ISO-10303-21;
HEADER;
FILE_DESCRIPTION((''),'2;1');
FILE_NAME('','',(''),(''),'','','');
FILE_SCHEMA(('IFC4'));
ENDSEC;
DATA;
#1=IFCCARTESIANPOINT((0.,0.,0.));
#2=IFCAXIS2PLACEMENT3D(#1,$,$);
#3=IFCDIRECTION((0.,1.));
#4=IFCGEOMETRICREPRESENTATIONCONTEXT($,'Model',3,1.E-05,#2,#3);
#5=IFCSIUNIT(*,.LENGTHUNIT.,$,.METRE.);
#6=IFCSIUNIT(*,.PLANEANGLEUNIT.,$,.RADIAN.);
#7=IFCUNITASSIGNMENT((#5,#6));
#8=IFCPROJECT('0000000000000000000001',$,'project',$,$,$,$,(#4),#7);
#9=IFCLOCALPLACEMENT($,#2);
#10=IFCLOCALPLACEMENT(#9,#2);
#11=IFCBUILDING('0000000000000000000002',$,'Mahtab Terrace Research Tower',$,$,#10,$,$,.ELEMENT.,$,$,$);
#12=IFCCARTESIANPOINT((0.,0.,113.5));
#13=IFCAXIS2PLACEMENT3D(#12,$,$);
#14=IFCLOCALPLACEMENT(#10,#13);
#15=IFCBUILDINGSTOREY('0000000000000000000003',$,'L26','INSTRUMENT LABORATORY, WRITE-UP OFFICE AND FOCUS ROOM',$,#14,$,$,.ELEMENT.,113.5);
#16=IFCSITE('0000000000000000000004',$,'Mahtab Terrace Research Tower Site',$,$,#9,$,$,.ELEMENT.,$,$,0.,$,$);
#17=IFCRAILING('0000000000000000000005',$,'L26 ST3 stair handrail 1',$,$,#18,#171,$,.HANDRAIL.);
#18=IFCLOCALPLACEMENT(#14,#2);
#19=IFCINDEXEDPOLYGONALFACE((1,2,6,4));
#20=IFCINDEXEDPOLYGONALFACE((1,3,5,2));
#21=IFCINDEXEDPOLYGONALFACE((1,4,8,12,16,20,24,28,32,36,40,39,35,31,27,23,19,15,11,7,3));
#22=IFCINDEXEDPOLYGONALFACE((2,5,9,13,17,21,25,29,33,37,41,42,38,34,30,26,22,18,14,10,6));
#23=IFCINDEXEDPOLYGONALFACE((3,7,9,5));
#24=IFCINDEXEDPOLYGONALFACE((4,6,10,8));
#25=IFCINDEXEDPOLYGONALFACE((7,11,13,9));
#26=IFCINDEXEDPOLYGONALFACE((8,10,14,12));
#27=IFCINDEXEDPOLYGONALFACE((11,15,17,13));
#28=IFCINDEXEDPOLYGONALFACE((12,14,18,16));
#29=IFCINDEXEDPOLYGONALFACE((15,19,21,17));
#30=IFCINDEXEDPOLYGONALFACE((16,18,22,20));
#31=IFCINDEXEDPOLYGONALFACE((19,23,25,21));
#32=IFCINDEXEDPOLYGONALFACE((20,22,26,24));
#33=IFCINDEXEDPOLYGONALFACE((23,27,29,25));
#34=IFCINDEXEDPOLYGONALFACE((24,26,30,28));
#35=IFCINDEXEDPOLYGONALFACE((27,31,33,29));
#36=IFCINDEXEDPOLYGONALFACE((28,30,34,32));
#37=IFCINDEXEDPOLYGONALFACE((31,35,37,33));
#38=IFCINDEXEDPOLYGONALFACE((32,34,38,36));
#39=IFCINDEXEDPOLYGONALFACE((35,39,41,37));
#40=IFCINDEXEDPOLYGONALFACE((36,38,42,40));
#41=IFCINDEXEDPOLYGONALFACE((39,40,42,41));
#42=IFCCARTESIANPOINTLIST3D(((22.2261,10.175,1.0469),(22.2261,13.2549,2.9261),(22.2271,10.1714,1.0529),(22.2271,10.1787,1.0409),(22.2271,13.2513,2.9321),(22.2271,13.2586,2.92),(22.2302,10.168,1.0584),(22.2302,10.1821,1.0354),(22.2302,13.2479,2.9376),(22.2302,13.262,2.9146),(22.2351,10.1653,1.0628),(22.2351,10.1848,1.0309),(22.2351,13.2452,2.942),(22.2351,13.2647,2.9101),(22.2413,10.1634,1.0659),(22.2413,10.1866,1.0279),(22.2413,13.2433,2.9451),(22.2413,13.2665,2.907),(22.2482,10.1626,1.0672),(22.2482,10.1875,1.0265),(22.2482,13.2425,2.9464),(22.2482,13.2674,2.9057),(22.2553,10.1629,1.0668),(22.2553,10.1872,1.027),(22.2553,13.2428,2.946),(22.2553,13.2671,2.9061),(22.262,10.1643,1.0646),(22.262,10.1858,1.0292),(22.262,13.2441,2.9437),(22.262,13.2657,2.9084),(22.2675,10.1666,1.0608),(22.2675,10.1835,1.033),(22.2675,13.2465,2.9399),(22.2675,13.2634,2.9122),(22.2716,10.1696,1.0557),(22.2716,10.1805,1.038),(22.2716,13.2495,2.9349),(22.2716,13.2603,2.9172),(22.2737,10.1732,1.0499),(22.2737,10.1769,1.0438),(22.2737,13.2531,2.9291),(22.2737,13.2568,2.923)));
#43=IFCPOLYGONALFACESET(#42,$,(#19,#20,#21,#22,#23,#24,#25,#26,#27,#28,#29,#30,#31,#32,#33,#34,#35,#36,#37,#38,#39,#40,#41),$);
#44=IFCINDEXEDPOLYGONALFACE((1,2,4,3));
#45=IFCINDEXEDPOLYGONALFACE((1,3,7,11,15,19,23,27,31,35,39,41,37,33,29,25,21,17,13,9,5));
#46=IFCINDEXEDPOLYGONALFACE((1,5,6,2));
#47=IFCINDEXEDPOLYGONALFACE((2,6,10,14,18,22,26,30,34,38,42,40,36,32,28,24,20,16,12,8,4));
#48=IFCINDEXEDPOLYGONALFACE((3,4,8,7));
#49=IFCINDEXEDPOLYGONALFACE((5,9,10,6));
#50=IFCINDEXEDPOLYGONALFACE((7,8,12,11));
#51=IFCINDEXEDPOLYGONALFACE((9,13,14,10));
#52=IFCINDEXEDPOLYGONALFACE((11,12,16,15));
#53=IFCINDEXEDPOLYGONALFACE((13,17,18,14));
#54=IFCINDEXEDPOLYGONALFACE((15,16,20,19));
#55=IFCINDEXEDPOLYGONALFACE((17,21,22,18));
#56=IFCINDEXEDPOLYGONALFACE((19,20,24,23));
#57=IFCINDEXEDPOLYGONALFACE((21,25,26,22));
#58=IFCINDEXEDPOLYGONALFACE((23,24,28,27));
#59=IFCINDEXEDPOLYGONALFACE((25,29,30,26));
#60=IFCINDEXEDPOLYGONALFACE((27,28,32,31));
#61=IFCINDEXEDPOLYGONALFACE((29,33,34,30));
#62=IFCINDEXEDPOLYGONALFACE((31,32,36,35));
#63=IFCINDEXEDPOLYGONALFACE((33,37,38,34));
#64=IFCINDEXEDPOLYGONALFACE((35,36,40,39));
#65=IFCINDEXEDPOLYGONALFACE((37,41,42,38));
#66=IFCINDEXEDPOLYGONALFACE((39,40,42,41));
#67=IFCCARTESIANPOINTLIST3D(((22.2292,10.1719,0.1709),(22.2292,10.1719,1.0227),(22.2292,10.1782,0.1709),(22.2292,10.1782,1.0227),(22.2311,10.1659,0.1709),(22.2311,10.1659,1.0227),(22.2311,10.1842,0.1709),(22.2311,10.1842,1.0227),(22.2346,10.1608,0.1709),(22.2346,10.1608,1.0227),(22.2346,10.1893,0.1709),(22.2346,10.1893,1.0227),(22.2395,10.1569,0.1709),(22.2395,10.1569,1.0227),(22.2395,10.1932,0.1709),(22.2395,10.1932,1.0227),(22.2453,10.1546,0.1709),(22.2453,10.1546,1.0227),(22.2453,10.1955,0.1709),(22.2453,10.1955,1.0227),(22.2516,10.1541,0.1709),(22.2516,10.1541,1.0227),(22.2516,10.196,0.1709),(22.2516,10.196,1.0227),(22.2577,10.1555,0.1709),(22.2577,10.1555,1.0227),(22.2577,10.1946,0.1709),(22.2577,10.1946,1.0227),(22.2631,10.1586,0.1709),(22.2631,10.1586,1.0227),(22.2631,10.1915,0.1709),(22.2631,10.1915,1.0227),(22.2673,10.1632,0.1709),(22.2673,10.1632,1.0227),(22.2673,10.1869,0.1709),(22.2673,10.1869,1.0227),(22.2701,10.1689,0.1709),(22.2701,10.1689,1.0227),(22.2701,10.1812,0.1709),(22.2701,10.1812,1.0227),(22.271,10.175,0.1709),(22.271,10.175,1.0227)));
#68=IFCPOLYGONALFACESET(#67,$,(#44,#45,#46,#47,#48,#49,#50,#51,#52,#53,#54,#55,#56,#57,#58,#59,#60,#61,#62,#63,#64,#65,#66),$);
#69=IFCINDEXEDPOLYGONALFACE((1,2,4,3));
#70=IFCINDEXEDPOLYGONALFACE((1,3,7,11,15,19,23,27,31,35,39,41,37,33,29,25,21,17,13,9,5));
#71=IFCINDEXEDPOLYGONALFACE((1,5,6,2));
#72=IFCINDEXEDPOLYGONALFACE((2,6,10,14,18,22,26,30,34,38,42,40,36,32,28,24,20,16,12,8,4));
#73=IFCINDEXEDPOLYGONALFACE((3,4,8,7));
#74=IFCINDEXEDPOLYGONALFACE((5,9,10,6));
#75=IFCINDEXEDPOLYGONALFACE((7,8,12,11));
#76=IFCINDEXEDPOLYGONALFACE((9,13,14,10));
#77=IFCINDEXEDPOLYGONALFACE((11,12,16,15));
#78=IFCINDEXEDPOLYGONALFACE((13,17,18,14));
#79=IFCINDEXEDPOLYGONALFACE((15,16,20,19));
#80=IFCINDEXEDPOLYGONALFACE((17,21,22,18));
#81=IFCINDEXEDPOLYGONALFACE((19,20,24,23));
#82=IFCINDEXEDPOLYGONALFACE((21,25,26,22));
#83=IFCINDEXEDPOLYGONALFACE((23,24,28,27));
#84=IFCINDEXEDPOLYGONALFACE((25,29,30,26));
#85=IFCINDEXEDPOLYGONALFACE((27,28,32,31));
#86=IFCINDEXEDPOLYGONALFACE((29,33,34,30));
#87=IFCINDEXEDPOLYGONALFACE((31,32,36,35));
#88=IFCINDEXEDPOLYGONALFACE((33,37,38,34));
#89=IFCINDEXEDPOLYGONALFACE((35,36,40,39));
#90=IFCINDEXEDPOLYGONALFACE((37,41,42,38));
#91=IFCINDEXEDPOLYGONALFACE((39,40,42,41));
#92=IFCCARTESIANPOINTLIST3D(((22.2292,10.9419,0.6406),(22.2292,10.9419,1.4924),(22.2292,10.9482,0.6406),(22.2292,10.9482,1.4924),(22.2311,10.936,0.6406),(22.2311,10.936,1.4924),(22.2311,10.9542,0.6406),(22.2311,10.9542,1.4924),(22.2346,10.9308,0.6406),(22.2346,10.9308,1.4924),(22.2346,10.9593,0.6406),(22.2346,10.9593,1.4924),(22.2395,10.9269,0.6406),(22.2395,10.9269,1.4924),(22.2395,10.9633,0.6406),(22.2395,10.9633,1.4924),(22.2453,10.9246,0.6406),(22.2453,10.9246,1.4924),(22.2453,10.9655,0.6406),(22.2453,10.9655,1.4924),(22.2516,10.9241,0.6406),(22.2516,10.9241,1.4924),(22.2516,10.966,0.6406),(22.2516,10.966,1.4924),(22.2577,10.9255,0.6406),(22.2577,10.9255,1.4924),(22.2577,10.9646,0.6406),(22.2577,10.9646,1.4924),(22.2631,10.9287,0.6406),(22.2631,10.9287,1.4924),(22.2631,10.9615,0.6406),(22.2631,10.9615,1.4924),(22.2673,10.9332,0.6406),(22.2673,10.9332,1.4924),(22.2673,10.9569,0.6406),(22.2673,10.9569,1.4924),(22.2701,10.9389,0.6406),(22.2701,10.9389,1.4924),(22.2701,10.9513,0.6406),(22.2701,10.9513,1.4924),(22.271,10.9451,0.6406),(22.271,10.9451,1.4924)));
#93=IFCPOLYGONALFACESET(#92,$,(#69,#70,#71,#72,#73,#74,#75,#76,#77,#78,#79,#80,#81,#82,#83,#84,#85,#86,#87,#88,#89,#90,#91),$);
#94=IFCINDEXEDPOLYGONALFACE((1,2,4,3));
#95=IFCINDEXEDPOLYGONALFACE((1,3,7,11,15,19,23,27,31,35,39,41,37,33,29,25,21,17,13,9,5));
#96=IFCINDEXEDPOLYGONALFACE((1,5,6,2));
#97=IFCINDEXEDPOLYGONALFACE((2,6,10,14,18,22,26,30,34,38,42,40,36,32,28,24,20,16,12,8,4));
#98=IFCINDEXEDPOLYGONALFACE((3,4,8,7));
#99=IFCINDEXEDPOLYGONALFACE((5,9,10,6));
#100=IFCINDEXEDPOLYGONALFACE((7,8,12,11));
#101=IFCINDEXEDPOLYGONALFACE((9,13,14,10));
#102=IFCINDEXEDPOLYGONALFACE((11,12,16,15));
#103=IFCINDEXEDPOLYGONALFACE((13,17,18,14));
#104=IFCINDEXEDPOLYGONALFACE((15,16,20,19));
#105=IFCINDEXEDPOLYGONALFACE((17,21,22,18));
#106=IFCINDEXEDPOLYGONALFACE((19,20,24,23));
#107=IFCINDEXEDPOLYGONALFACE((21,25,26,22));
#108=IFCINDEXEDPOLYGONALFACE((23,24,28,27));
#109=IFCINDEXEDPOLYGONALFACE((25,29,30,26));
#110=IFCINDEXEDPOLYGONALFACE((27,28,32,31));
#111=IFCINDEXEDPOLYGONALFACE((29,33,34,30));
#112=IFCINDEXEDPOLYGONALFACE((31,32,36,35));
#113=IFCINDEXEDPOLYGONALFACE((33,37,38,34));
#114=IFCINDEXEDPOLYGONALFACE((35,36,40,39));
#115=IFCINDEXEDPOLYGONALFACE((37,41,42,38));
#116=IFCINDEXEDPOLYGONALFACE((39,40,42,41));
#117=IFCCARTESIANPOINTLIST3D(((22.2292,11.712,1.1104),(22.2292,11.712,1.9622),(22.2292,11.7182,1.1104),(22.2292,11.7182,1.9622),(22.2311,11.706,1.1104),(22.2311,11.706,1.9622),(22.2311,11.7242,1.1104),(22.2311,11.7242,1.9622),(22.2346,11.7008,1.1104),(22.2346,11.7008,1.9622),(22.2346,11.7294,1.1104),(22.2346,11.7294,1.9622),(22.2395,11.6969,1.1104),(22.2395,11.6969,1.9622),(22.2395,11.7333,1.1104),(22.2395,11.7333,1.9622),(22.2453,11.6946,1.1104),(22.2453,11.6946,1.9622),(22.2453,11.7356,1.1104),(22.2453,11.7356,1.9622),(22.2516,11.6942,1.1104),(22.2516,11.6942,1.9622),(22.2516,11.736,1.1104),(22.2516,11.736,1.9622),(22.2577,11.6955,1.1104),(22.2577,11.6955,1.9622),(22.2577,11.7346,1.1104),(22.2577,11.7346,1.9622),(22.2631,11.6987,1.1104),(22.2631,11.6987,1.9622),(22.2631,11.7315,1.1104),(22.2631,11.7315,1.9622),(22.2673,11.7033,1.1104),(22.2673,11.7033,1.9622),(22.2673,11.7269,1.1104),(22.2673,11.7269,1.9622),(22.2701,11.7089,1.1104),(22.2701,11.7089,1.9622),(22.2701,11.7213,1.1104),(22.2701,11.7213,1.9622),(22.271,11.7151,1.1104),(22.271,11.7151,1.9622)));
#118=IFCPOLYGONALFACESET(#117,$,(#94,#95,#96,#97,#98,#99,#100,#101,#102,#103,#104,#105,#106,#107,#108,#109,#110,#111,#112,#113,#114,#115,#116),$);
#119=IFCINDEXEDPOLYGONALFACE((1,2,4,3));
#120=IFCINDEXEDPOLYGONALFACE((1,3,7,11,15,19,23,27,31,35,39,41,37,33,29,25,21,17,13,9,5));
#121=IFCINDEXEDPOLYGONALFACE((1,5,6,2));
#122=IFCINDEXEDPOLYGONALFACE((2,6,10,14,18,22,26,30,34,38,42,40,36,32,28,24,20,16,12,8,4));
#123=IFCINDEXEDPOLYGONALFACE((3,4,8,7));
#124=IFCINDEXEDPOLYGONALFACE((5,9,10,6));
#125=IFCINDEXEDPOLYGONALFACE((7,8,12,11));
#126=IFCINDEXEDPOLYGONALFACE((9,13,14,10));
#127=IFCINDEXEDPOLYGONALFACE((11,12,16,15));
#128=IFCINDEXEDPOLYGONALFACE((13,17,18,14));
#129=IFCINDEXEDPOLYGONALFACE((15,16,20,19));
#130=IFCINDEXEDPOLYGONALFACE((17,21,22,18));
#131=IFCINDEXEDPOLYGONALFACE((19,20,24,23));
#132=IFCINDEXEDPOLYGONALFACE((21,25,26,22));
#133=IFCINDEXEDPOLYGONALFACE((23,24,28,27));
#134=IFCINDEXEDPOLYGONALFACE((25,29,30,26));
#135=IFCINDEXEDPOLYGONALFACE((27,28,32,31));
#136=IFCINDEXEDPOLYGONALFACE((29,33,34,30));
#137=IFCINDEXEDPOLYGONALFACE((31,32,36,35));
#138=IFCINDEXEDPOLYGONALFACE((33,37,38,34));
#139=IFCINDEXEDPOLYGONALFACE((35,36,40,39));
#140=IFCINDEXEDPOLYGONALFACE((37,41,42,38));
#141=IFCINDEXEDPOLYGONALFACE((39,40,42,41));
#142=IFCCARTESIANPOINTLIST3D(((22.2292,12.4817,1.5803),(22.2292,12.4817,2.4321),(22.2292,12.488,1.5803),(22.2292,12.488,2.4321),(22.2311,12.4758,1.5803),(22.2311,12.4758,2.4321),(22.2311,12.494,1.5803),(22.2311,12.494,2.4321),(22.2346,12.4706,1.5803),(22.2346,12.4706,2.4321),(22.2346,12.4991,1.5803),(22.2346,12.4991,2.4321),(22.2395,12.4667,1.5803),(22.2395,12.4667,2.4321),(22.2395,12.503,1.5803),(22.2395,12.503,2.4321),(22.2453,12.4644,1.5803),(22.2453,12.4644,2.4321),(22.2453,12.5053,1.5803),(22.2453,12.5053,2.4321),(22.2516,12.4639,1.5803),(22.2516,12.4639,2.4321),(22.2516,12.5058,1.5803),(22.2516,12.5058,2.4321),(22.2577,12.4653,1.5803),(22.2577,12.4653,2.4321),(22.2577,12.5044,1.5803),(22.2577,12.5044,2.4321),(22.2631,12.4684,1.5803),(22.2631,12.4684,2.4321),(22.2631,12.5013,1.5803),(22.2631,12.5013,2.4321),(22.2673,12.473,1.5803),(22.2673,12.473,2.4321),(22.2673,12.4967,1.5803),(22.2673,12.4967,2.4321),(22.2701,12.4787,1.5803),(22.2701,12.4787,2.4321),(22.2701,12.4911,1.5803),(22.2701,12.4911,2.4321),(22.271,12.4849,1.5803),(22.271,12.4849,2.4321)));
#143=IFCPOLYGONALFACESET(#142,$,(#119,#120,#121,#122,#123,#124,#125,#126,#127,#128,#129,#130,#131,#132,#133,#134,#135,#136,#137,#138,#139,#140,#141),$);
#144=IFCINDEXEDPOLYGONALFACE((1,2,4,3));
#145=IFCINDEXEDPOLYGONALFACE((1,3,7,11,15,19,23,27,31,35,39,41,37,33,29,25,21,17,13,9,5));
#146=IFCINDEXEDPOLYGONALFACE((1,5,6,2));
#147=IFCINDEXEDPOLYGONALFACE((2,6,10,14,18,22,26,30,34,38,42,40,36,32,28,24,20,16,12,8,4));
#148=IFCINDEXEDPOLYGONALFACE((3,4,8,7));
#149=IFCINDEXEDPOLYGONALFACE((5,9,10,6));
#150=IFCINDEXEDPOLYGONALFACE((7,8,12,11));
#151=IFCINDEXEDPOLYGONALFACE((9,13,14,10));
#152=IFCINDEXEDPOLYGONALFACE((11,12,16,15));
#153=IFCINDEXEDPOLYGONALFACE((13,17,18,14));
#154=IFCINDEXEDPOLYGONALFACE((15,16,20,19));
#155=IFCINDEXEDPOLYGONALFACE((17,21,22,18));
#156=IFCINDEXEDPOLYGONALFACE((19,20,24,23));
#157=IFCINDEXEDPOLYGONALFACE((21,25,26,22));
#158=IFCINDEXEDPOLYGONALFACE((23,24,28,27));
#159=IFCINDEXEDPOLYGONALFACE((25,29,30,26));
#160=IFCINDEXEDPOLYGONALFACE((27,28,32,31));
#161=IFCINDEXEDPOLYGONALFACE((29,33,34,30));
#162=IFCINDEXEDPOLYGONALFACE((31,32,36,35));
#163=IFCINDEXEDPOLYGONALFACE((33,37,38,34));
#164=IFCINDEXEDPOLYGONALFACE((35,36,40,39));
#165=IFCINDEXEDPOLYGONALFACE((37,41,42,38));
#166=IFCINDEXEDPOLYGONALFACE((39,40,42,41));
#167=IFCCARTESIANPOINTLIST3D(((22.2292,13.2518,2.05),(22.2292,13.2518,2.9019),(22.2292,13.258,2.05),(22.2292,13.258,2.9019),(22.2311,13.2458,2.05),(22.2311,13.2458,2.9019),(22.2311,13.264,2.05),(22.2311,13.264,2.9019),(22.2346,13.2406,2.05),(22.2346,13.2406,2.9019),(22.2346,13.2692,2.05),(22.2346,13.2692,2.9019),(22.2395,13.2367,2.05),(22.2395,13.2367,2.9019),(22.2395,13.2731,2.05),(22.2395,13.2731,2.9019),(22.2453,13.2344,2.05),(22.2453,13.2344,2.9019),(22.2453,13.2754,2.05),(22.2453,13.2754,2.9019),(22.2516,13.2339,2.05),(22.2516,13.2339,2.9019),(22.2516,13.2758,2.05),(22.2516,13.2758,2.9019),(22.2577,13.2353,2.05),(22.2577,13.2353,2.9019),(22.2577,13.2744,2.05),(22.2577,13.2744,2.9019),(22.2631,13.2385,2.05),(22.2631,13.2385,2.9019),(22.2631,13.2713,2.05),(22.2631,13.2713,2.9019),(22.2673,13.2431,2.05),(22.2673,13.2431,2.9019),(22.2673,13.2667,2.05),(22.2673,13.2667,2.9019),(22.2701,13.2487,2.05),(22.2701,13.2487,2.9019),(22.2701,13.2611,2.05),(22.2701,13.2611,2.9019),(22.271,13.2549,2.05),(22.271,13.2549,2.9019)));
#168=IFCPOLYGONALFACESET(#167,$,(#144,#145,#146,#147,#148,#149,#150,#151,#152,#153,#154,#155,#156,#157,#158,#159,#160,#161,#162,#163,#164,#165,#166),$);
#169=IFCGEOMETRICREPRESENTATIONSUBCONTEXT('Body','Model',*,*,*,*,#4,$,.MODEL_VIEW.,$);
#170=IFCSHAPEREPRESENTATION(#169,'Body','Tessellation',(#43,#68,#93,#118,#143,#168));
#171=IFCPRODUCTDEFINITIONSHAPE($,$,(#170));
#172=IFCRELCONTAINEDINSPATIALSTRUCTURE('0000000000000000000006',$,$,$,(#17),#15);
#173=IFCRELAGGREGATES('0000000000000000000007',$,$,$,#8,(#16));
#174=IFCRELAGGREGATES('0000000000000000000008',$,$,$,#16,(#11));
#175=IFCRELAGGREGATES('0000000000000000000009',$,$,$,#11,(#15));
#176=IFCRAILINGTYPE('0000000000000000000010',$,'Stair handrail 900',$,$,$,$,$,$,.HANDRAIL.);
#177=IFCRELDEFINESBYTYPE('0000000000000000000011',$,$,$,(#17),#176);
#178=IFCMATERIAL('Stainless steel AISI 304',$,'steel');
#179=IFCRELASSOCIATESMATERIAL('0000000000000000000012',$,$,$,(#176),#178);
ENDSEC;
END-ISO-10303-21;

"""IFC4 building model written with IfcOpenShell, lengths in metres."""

from ifc_helpers import new_model, si_unit, direction, frame, origin, origin_2d, place, context, subcontext, project, spatial, circle, extrude, material, type_object, element, save


model = new_model("IFC4")

# Units and contexts
model_context = context("Model", 3, precision=1e-05, world=origin(), true_north=direction((0.0, 1.0)))
body_context = subcontext(model_context, "Body", "Model", "MODEL_VIEW")
ifc_project = project(units=[si_unit("LENGTHUNIT", "METRE"), si_unit("PLANEANGLEUNIT", "RADIAN")], contexts=[model_context])

# Site, building, storey
site_placement = place(None, origin())
site = spatial("IfcSite", under=ifc_project, at=site_placement, Name="Mahtab Terrace Research Tower Site", CompositionType="ELEMENT", RefElevation=0.0)
building_placement = place(site_placement, origin())
building = spatial("IfcBuilding", under=site, at=building_placement, Name="Mahtab Terrace Research Tower", CompositionType="ELEMENT")
storey_placement = place(building_placement, frame((0.0, 0.0, 113.5)))
storey = spatial("IfcBuildingStorey", under=building, at=storey_placement, Name="L26", Description="INSTRUMENT LABORATORY, WRITE-UP OFFICE AND FOCUS ROOM", CompositionType="ELEMENT", Elevation=113.5)

# Shared definitions
ifc_material_1 = material(Name="Stainless steel AISI 304", Category="steel")

# Railing
railing_type_1 = type_object("IfcRailingType", Name="Stair handrail 900", PredefinedType="HANDRAIL", material=ifc_material_1)
railing_1_placement = place(storey_placement, frame((22.25, 10.175, 0.1709)))
element("IfcRailing", 1, at=railing_1_placement, inside=storey, type_object=railing_type_1, Name="L26 ST3 stair handrail 1", PredefinedType="HANDRAIL", context=body_context, shape_type="SweptSolid", body=[
    extrude(circle(Radius=0.0239, at=origin_2d()), frame((0.0, 0.0, 0.876), z_axis=(0.0, 0.853648, 0.52085), x_axis=(-1.0, 0.0, 0.0)), (0.0, 0.0, 1.0), 3.6079),
    extrude(circle(Radius=0.021, at=origin_2d()), origin(), (0.0, 0.0, 1.0), 0.8518),
    extrude(circle(Radius=0.021, at=origin_2d()), frame((0.0, 0.77, 0.4697)), (0.0, 0.0, 1.0), 0.8518),
    extrude(circle(Radius=0.021, at=origin_2d()), frame((0.0, 1.54, 0.9395)), (0.0, 0.0, 1.0), 0.8518),
    extrude(circle(Radius=0.021, at=origin_2d()), frame((0.0, 2.3098, 1.4094)), (0.0, 0.0, 1.0), 0.8518),
    extrude(circle(Radius=0.021, at=origin_2d()), frame((0.0, 3.0798, 1.8792)), (0.0, 0.0, 1.0), 0.8518),
])

save(model, "model.ifc")
